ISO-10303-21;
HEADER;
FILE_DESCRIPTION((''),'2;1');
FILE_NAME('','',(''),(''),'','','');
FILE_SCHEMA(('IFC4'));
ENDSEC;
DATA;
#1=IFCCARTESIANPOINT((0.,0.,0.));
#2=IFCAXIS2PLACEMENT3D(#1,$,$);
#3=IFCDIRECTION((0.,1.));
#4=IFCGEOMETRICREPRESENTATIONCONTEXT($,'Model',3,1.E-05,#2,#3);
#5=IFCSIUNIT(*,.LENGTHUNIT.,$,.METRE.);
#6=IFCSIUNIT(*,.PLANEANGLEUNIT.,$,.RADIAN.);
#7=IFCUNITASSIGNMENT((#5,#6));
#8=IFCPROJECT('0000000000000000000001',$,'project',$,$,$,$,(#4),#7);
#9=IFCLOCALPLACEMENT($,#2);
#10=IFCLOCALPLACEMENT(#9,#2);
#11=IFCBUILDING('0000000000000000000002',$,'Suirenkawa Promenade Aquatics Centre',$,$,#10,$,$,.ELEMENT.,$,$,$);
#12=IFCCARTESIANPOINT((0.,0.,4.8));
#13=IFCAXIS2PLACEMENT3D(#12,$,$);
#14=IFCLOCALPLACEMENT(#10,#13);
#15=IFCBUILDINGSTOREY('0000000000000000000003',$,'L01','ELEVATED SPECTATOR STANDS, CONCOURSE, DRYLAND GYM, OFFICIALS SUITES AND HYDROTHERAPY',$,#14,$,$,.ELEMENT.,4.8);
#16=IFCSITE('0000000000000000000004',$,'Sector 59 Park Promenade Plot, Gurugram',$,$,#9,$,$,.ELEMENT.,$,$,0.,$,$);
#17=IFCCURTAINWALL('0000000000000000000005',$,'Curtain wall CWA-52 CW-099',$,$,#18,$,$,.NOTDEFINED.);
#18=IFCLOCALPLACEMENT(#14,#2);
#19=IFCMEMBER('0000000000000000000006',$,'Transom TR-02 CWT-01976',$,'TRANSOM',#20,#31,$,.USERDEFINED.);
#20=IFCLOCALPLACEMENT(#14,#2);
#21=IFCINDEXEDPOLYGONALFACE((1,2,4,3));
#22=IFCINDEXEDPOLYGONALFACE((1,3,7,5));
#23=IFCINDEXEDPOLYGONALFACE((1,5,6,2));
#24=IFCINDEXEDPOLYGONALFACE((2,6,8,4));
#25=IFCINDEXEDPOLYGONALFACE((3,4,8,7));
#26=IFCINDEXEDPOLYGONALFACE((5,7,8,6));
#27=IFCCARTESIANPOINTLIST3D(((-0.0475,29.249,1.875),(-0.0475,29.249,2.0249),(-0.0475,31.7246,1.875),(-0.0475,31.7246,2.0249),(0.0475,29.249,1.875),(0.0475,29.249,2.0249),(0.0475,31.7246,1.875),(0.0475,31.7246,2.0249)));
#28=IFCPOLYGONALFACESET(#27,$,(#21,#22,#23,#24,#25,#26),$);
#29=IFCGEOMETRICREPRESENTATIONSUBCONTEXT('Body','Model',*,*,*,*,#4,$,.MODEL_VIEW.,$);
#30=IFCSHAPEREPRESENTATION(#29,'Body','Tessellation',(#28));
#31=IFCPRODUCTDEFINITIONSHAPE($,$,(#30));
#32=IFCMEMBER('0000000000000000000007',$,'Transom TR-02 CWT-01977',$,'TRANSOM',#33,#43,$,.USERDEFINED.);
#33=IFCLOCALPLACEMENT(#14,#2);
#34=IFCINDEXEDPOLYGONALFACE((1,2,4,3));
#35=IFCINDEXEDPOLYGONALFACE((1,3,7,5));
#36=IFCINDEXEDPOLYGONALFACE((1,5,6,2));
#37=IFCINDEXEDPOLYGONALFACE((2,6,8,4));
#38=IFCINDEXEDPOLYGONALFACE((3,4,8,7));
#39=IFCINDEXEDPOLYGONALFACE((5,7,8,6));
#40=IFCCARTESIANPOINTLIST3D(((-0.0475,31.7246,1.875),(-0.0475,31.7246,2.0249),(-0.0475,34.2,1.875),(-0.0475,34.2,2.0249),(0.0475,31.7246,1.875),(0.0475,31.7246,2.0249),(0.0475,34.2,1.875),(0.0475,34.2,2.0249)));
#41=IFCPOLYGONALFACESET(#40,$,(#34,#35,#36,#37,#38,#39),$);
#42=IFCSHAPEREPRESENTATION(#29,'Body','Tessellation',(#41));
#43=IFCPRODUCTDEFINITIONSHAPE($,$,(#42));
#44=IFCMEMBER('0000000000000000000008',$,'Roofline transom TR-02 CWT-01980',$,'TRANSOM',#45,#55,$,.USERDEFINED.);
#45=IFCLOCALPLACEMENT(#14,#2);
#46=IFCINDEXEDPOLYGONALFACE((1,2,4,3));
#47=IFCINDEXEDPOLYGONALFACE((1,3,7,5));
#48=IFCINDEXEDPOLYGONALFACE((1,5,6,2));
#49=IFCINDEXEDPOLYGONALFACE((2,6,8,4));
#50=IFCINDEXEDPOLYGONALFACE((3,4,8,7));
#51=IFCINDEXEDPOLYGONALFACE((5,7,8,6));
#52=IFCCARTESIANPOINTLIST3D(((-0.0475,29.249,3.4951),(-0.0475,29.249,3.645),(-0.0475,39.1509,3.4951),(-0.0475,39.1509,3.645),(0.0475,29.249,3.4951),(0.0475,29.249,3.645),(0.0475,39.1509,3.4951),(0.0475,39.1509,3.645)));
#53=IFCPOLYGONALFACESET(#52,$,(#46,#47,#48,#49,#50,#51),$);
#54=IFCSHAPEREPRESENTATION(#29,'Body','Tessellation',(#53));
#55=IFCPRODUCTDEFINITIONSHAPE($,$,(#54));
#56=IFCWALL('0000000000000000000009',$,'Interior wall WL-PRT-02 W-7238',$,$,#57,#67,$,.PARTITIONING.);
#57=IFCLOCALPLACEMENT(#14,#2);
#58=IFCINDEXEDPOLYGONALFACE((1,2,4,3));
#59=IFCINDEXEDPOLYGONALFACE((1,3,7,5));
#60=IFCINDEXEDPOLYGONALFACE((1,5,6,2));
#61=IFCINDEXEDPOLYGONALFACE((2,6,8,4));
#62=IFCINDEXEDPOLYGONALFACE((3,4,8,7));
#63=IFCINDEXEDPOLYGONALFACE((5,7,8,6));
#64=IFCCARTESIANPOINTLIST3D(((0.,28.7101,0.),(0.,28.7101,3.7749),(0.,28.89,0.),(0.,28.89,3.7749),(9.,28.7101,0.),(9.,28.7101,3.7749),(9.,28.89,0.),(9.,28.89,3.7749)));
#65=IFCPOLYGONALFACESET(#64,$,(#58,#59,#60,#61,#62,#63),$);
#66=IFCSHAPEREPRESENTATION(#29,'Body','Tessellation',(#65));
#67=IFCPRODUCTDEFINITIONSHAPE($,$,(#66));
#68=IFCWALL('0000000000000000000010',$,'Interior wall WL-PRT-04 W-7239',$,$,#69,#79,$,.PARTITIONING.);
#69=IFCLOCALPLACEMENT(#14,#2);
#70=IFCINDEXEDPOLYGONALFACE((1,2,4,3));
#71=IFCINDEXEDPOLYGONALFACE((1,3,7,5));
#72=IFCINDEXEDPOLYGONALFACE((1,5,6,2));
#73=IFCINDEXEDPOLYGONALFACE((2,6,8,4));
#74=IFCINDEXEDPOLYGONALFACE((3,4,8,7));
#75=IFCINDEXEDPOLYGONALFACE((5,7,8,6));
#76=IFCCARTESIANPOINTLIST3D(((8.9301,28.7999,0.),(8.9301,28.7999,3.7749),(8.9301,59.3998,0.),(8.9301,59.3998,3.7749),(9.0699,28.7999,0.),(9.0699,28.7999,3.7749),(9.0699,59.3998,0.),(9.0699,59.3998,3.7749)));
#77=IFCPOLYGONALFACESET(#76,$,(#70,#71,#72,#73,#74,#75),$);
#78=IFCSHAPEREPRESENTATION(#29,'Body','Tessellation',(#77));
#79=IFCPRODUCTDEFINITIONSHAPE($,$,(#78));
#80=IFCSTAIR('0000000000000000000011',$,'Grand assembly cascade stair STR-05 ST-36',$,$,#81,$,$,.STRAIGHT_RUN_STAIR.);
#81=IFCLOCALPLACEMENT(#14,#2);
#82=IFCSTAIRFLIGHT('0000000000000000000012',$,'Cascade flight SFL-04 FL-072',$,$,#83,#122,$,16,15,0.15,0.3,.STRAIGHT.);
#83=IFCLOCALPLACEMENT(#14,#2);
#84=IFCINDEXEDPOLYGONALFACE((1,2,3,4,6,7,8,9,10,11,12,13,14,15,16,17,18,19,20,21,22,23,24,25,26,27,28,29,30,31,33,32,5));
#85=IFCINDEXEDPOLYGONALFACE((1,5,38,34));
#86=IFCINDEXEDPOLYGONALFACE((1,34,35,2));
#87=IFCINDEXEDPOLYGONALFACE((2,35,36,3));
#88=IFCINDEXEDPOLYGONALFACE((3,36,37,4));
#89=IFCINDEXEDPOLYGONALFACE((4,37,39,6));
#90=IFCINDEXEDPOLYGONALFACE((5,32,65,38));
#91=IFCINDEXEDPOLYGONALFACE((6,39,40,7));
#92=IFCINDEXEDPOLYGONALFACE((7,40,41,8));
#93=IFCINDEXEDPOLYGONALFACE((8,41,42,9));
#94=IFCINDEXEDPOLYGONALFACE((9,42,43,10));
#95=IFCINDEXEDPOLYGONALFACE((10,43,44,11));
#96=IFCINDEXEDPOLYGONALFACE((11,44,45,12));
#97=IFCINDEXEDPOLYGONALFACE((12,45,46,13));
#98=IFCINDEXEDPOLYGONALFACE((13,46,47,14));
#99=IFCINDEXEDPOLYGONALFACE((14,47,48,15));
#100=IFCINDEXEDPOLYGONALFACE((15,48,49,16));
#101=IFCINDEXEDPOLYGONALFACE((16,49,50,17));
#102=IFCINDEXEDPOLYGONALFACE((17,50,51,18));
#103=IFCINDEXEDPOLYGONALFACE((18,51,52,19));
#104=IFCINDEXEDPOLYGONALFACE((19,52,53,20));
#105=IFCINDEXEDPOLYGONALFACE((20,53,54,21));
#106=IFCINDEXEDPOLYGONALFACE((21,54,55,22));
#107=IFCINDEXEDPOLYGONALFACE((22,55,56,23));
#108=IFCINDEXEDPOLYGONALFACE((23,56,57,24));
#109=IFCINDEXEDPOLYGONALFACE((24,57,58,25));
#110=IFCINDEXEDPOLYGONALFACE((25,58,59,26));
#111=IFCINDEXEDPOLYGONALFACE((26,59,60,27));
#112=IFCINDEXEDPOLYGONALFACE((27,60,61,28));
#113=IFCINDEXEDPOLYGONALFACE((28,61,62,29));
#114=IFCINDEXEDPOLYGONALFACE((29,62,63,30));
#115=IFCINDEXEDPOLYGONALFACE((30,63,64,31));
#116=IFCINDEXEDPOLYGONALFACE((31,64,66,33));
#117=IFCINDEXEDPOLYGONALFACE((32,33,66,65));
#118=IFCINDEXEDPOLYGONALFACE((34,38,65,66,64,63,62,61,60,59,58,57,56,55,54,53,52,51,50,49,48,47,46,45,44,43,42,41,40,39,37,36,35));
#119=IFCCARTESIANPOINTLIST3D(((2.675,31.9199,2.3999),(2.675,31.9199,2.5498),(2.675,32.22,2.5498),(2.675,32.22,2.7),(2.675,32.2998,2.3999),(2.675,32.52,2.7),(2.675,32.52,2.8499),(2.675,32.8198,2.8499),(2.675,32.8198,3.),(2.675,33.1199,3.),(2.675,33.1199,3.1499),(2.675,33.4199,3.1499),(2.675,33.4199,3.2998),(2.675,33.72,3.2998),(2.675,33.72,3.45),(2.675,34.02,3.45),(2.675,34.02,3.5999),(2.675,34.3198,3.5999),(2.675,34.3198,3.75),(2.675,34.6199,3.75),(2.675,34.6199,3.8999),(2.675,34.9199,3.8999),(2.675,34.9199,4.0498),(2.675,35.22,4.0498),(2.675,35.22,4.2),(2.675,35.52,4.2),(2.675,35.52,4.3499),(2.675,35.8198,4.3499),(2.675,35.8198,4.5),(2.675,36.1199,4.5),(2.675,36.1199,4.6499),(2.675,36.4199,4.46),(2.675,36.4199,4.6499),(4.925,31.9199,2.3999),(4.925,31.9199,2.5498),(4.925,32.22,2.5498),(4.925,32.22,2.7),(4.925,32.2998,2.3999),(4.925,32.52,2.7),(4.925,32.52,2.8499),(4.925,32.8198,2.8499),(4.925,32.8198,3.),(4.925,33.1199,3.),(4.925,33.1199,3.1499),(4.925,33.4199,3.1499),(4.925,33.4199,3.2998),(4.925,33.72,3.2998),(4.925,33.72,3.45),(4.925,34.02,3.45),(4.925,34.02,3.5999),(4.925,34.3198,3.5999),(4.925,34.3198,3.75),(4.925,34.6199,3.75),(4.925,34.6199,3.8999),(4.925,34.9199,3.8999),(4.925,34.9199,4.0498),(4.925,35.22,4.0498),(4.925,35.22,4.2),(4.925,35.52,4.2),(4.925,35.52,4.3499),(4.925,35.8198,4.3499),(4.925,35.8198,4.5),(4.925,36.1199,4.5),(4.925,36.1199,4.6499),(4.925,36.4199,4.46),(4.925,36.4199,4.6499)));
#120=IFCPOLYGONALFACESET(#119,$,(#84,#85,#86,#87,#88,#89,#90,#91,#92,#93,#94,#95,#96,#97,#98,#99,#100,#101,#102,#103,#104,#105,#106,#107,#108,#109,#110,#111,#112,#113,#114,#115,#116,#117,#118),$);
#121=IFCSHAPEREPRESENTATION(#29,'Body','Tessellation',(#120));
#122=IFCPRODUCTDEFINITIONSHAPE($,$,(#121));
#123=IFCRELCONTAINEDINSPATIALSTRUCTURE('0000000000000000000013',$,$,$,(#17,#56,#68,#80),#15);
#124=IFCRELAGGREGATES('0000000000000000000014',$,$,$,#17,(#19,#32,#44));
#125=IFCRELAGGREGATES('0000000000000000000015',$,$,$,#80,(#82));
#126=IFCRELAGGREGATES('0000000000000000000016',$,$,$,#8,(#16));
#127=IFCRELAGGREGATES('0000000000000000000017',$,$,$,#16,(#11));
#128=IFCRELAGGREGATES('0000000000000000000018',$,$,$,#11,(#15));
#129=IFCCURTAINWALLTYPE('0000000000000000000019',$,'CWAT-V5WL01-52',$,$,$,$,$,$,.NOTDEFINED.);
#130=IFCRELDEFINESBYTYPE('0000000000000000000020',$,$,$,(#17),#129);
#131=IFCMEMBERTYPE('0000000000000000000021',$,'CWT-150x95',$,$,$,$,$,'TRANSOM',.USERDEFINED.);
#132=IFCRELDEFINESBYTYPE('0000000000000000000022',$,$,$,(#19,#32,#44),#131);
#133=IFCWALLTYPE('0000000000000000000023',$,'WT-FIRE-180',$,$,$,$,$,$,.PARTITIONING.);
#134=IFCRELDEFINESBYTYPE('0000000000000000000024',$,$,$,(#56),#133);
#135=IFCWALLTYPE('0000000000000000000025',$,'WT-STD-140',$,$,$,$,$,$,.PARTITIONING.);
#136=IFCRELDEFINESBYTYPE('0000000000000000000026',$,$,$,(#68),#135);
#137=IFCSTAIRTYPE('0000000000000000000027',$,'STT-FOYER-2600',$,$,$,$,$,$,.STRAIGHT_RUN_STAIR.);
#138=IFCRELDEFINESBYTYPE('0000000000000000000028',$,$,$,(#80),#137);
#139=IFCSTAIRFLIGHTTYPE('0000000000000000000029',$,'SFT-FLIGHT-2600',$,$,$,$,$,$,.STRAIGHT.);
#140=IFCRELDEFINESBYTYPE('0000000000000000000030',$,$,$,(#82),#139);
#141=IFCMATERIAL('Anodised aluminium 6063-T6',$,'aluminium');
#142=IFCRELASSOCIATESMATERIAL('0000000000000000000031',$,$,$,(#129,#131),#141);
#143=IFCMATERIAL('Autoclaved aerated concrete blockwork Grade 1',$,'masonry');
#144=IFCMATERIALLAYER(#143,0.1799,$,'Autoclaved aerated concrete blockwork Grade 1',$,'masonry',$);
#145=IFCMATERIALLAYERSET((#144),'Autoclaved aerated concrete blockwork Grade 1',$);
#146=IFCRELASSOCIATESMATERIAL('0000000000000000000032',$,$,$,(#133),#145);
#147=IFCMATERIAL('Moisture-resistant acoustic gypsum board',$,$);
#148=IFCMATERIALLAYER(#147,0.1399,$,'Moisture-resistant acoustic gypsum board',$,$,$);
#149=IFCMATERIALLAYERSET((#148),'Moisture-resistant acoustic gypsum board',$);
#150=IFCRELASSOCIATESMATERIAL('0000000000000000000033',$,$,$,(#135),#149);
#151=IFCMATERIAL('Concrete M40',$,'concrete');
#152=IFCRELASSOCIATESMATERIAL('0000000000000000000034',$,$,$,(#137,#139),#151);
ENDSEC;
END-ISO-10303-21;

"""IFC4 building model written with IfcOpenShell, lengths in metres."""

from ifc_helpers import new_model, si_unit, direction, frame, frame_2d, origin, origin_2d, place, context, subcontext, project, spatial, polyline, rectangle, outline, extrude, material, layer, layer_set, material_profile, profile_set, type_object, element, aggregate, save


model = new_model("IFC4")

# Units and contexts
model_context = context("Model", 3, precision=1e-05, world=origin(), true_north=direction((0.0, 1.0)))
body_context = subcontext(model_context, "Body", "Model", "MODEL_VIEW")
ifc_project = project(units=[si_unit("LENGTHUNIT", "METRE"), si_unit("PLANEANGLEUNIT", "RADIAN")], contexts=[model_context])

# Site, building, storey
site_placement = place(None, origin())
site = spatial("IfcSite", under=ifc_project, at=site_placement, Name="Sector 59 Park Promenade Plot, Gurugram", CompositionType="ELEMENT", RefElevation=0.0)
building_placement = place(site_placement, origin())
building = spatial("IfcBuilding", under=site, at=building_placement, Name="Suirenkawa Promenade Aquatics Centre", CompositionType="ELEMENT")
storey_placement = place(building_placement, frame((0.0, 0.0, 4.8)))
storey = spatial("IfcBuildingStorey", under=building, at=storey_placement, Name="L01", Description="ELEVATED SPECTATOR STANDS, CONCOURSE, DRYLAND GYM, OFFICIALS SUITES AND HYDROTHERAPY", CompositionType="ELEMENT", Elevation=4.8)

# Shared definitions
ifc_material_1 = material(Name="Concrete M40", Category="concrete")

# Shared definitions
ifc_material_2 = material(Name="Anodised aluminium 6063-T6", Category="aluminium")

# Curtain wall
curtain_wall_type_1 = type_object("IfcCurtainWallType", Name="CWAT-V5WL01-52", PredefinedType="NOTDEFINED", material=ifc_material_2)
curtain_wall_1_placement = place(storey_placement, origin())
curtain_wall_1 = element("IfcCurtainWall", 1, at=curtain_wall_1_placement, inside=storey, type_object=curtain_wall_type_1, Name="Curtain wall CWA-52 CW-099", PredefinedType="NOTDEFINED")

# Members
ifc_material_profile_1 = material_profile(ifc_material_2, rectangle(XDim=0.095, YDim=0.1499, at=origin_2d()), Name="ALU TRAN 95x150", Category="aluminium")
ifc_profile_set_1 = profile_set([ifc_material_profile_1], Name="Anodised aluminium 6063-T6")
member_type_1 = type_object("IfcMemberType", Name="CWT-150x95", ElementType="TRANSOM", PredefinedType="USERDEFINED", material=ifc_profile_set_1)
member_1_placement = place(storey_placement, frame((0.0, 29.249, 1.95), z_axis=(0.0, 1.0, 0.0), x_axis=(-1.0, 0.0, 0.0)))
member_1 = element("IfcMember", 2, at=member_1_placement, type_object=member_type_1, Name="Transom TR-02 CWT-01976", ObjectType="TRANSOM", PredefinedType="USERDEFINED", context=body_context, shape_type="SweptSolid", body=[
    extrude(rectangle(XDim=0.095, YDim=0.1499, at=origin_2d()), origin(), (0.0, 0.0, 1.0), 2.4756),
])
member_2_placement = place(storey_placement, frame((0.0, 31.7246, 1.95), z_axis=(0.0, 1.0, 0.0), x_axis=(-1.0, 0.0, 0.0)))
member_2 = element("IfcMember", 3, at=member_2_placement, type_object=member_type_1, Name="Transom TR-02 CWT-01977", ObjectType="TRANSOM", PredefinedType="USERDEFINED", context=body_context, shape_type="SweptSolid", body=[
    extrude(rectangle(XDim=0.095, YDim=0.1499, at=origin_2d()), origin(), (0.0, 0.0, 1.0), 2.4753),
])
member_3_placement = place(storey_placement, frame((0.0, 29.249, 3.5701), z_axis=(0.0, 1.0, 0.0), x_axis=(-1.0, 0.0, 0.0)))
member_3 = element("IfcMember", 4, at=member_3_placement, type_object=member_type_1, Name="Roofline transom TR-02 CWT-01980", ObjectType="TRANSOM", PredefinedType="USERDEFINED", context=body_context, shape_type="SweptSolid", body=[
    extrude(rectangle(XDim=0.095, YDim=0.1499, at=origin_2d()), origin(), (0.0, 0.0, 1.0), 9.9019),
])

aggregate(curtain_wall_1, [member_1, member_2, member_3])

# Walls
ifc_material_3 = material(Name="Autoclaved aerated concrete blockwork Grade 1", Category="masonry")
ifc_layer_1 = layer(ifc_material_3, 0.1799, Name="Autoclaved aerated concrete blockwork Grade 1", Category="masonry")
ifc_layer_set_1 = layer_set([ifc_layer_1], Name="Autoclaved aerated concrete blockwork Grade 1")
wall_type_1 = type_object("IfcWallType", Name="WT-FIRE-180", PredefinedType="PARTITIONING", material=ifc_layer_set_1)
wall_1_placement = place(storey_placement, frame((0.0, 28.8, 0.0), z_axis=(0.0, 0.0, 1.0), x_axis=(1.0, 0.0, 0.0)))
element("IfcWall", 5, at=wall_1_placement, inside=storey, type_object=wall_type_1, Name="Interior wall WL-PRT-02 W-7238", PredefinedType="PARTITIONING", context=body_context, shape_type="SweptSolid", body=[
    extrude(rectangle(XDim=9.0, YDim=0.1799, at=frame_2d((4.5, 0.0))), origin(), (0.0, 0.0, 1.0), 3.7749),
])
ifc_material_4 = material(Name="Moisture-resistant acoustic gypsum board")
ifc_layer_2 = layer(ifc_material_4, 0.1399, Name="Moisture-resistant acoustic gypsum board")
ifc_layer_set_2 = layer_set([ifc_layer_2], Name="Moisture-resistant acoustic gypsum board")
wall_type_2 = type_object("IfcWallType", Name="WT-STD-140", PredefinedType="PARTITIONING", material=ifc_layer_set_2)
wall_2_placement = place(storey_placement, frame((9.0, 28.8, 0.0), z_axis=(0.0, 0.0, 1.0), x_axis=(0.0, 1.0, 0.0)))
element("IfcWall", 6, at=wall_2_placement, inside=storey, type_object=wall_type_2, Name="Interior wall WL-PRT-04 W-7239", PredefinedType="PARTITIONING", context=body_context, shape_type="SweptSolid", body=[
    extrude(rectangle(XDim=30.5999, YDim=0.1399, at=frame_2d((15.2998, 0.0))), origin(), (0.0, 0.0, 1.0), 3.7749),
])

# Stair, stair flight
stair_type = type_object("IfcStairType", Name="STT-FOYER-2600", PredefinedType="STRAIGHT_RUN_STAIR", material=ifc_material_1)
stair_placement = place(storey_placement, origin())
stair = element("IfcStair", 7, at=stair_placement, inside=storey, type_object=stair_type, Name="Grand assembly cascade stair STR-05 ST-36", PredefinedType="STRAIGHT_RUN_STAIR")
stair_flight_type = type_object("IfcStairFlightType", Name="SFT-FLIGHT-2600", PredefinedType="STRAIGHT", material=ifc_material_1)
stair_flight_placement = place(storey_placement, frame((3.8, 31.9199, 2.3999), z_axis=(0.0, 0.0, 1.0), x_axis=(0.0, 1.0, 0.0)))
stair_flight = element("IfcStairFlight", 8, at=stair_flight_placement, type_object=stair_flight_type, Name="Cascade flight SFL-04 FL-072", NumberOfRisers=16, NumberOfTreads=15, PredefinedType="STRAIGHT", RiserHeight=0.15, TreadLength=0.3, context=body_context, shape_type="SweptSolid", body=[
    extrude(outline(polyline([(0.0, 0.0), (0.0, 0.1499), (0.3, 0.1499), (0.3, 0.3), (0.6001, 0.3), (0.6001, 0.45), (0.8999, 0.45), (0.8999, 0.6001), (1.2, 0.6001), (1.2, 0.75), (1.5, 0.75), (1.5, 0.8999), (1.8, 0.8999), (1.8, 1.05), (2.1001, 1.05), (2.1001, 1.2), (2.3999, 1.2), (2.3999, 1.3501), (2.7, 1.3501), (2.7, 1.5), (3.0, 1.5), (3.0, 1.6499), (3.3, 1.6499), (3.3, 1.8), (3.6001, 1.8), (3.6001, 1.95), (3.8999, 1.95), (3.8999, 2.1001), (4.2, 2.1001), (4.2, 2.25), (4.5, 2.25), (4.5, 2.3999), (4.5, 2.0601), (0.3799, 0.0), (0.0, 0.0)])), frame((0.0, 1.125, 0.0), z_axis=(0.0, -1.0, 0.0), x_axis=(1.0, 0.0, 0.0)), (0.0, 0.0, 1.0), 2.25),
])
aggregate(stair, [stair_flight])

save(model, "model.ifc")
